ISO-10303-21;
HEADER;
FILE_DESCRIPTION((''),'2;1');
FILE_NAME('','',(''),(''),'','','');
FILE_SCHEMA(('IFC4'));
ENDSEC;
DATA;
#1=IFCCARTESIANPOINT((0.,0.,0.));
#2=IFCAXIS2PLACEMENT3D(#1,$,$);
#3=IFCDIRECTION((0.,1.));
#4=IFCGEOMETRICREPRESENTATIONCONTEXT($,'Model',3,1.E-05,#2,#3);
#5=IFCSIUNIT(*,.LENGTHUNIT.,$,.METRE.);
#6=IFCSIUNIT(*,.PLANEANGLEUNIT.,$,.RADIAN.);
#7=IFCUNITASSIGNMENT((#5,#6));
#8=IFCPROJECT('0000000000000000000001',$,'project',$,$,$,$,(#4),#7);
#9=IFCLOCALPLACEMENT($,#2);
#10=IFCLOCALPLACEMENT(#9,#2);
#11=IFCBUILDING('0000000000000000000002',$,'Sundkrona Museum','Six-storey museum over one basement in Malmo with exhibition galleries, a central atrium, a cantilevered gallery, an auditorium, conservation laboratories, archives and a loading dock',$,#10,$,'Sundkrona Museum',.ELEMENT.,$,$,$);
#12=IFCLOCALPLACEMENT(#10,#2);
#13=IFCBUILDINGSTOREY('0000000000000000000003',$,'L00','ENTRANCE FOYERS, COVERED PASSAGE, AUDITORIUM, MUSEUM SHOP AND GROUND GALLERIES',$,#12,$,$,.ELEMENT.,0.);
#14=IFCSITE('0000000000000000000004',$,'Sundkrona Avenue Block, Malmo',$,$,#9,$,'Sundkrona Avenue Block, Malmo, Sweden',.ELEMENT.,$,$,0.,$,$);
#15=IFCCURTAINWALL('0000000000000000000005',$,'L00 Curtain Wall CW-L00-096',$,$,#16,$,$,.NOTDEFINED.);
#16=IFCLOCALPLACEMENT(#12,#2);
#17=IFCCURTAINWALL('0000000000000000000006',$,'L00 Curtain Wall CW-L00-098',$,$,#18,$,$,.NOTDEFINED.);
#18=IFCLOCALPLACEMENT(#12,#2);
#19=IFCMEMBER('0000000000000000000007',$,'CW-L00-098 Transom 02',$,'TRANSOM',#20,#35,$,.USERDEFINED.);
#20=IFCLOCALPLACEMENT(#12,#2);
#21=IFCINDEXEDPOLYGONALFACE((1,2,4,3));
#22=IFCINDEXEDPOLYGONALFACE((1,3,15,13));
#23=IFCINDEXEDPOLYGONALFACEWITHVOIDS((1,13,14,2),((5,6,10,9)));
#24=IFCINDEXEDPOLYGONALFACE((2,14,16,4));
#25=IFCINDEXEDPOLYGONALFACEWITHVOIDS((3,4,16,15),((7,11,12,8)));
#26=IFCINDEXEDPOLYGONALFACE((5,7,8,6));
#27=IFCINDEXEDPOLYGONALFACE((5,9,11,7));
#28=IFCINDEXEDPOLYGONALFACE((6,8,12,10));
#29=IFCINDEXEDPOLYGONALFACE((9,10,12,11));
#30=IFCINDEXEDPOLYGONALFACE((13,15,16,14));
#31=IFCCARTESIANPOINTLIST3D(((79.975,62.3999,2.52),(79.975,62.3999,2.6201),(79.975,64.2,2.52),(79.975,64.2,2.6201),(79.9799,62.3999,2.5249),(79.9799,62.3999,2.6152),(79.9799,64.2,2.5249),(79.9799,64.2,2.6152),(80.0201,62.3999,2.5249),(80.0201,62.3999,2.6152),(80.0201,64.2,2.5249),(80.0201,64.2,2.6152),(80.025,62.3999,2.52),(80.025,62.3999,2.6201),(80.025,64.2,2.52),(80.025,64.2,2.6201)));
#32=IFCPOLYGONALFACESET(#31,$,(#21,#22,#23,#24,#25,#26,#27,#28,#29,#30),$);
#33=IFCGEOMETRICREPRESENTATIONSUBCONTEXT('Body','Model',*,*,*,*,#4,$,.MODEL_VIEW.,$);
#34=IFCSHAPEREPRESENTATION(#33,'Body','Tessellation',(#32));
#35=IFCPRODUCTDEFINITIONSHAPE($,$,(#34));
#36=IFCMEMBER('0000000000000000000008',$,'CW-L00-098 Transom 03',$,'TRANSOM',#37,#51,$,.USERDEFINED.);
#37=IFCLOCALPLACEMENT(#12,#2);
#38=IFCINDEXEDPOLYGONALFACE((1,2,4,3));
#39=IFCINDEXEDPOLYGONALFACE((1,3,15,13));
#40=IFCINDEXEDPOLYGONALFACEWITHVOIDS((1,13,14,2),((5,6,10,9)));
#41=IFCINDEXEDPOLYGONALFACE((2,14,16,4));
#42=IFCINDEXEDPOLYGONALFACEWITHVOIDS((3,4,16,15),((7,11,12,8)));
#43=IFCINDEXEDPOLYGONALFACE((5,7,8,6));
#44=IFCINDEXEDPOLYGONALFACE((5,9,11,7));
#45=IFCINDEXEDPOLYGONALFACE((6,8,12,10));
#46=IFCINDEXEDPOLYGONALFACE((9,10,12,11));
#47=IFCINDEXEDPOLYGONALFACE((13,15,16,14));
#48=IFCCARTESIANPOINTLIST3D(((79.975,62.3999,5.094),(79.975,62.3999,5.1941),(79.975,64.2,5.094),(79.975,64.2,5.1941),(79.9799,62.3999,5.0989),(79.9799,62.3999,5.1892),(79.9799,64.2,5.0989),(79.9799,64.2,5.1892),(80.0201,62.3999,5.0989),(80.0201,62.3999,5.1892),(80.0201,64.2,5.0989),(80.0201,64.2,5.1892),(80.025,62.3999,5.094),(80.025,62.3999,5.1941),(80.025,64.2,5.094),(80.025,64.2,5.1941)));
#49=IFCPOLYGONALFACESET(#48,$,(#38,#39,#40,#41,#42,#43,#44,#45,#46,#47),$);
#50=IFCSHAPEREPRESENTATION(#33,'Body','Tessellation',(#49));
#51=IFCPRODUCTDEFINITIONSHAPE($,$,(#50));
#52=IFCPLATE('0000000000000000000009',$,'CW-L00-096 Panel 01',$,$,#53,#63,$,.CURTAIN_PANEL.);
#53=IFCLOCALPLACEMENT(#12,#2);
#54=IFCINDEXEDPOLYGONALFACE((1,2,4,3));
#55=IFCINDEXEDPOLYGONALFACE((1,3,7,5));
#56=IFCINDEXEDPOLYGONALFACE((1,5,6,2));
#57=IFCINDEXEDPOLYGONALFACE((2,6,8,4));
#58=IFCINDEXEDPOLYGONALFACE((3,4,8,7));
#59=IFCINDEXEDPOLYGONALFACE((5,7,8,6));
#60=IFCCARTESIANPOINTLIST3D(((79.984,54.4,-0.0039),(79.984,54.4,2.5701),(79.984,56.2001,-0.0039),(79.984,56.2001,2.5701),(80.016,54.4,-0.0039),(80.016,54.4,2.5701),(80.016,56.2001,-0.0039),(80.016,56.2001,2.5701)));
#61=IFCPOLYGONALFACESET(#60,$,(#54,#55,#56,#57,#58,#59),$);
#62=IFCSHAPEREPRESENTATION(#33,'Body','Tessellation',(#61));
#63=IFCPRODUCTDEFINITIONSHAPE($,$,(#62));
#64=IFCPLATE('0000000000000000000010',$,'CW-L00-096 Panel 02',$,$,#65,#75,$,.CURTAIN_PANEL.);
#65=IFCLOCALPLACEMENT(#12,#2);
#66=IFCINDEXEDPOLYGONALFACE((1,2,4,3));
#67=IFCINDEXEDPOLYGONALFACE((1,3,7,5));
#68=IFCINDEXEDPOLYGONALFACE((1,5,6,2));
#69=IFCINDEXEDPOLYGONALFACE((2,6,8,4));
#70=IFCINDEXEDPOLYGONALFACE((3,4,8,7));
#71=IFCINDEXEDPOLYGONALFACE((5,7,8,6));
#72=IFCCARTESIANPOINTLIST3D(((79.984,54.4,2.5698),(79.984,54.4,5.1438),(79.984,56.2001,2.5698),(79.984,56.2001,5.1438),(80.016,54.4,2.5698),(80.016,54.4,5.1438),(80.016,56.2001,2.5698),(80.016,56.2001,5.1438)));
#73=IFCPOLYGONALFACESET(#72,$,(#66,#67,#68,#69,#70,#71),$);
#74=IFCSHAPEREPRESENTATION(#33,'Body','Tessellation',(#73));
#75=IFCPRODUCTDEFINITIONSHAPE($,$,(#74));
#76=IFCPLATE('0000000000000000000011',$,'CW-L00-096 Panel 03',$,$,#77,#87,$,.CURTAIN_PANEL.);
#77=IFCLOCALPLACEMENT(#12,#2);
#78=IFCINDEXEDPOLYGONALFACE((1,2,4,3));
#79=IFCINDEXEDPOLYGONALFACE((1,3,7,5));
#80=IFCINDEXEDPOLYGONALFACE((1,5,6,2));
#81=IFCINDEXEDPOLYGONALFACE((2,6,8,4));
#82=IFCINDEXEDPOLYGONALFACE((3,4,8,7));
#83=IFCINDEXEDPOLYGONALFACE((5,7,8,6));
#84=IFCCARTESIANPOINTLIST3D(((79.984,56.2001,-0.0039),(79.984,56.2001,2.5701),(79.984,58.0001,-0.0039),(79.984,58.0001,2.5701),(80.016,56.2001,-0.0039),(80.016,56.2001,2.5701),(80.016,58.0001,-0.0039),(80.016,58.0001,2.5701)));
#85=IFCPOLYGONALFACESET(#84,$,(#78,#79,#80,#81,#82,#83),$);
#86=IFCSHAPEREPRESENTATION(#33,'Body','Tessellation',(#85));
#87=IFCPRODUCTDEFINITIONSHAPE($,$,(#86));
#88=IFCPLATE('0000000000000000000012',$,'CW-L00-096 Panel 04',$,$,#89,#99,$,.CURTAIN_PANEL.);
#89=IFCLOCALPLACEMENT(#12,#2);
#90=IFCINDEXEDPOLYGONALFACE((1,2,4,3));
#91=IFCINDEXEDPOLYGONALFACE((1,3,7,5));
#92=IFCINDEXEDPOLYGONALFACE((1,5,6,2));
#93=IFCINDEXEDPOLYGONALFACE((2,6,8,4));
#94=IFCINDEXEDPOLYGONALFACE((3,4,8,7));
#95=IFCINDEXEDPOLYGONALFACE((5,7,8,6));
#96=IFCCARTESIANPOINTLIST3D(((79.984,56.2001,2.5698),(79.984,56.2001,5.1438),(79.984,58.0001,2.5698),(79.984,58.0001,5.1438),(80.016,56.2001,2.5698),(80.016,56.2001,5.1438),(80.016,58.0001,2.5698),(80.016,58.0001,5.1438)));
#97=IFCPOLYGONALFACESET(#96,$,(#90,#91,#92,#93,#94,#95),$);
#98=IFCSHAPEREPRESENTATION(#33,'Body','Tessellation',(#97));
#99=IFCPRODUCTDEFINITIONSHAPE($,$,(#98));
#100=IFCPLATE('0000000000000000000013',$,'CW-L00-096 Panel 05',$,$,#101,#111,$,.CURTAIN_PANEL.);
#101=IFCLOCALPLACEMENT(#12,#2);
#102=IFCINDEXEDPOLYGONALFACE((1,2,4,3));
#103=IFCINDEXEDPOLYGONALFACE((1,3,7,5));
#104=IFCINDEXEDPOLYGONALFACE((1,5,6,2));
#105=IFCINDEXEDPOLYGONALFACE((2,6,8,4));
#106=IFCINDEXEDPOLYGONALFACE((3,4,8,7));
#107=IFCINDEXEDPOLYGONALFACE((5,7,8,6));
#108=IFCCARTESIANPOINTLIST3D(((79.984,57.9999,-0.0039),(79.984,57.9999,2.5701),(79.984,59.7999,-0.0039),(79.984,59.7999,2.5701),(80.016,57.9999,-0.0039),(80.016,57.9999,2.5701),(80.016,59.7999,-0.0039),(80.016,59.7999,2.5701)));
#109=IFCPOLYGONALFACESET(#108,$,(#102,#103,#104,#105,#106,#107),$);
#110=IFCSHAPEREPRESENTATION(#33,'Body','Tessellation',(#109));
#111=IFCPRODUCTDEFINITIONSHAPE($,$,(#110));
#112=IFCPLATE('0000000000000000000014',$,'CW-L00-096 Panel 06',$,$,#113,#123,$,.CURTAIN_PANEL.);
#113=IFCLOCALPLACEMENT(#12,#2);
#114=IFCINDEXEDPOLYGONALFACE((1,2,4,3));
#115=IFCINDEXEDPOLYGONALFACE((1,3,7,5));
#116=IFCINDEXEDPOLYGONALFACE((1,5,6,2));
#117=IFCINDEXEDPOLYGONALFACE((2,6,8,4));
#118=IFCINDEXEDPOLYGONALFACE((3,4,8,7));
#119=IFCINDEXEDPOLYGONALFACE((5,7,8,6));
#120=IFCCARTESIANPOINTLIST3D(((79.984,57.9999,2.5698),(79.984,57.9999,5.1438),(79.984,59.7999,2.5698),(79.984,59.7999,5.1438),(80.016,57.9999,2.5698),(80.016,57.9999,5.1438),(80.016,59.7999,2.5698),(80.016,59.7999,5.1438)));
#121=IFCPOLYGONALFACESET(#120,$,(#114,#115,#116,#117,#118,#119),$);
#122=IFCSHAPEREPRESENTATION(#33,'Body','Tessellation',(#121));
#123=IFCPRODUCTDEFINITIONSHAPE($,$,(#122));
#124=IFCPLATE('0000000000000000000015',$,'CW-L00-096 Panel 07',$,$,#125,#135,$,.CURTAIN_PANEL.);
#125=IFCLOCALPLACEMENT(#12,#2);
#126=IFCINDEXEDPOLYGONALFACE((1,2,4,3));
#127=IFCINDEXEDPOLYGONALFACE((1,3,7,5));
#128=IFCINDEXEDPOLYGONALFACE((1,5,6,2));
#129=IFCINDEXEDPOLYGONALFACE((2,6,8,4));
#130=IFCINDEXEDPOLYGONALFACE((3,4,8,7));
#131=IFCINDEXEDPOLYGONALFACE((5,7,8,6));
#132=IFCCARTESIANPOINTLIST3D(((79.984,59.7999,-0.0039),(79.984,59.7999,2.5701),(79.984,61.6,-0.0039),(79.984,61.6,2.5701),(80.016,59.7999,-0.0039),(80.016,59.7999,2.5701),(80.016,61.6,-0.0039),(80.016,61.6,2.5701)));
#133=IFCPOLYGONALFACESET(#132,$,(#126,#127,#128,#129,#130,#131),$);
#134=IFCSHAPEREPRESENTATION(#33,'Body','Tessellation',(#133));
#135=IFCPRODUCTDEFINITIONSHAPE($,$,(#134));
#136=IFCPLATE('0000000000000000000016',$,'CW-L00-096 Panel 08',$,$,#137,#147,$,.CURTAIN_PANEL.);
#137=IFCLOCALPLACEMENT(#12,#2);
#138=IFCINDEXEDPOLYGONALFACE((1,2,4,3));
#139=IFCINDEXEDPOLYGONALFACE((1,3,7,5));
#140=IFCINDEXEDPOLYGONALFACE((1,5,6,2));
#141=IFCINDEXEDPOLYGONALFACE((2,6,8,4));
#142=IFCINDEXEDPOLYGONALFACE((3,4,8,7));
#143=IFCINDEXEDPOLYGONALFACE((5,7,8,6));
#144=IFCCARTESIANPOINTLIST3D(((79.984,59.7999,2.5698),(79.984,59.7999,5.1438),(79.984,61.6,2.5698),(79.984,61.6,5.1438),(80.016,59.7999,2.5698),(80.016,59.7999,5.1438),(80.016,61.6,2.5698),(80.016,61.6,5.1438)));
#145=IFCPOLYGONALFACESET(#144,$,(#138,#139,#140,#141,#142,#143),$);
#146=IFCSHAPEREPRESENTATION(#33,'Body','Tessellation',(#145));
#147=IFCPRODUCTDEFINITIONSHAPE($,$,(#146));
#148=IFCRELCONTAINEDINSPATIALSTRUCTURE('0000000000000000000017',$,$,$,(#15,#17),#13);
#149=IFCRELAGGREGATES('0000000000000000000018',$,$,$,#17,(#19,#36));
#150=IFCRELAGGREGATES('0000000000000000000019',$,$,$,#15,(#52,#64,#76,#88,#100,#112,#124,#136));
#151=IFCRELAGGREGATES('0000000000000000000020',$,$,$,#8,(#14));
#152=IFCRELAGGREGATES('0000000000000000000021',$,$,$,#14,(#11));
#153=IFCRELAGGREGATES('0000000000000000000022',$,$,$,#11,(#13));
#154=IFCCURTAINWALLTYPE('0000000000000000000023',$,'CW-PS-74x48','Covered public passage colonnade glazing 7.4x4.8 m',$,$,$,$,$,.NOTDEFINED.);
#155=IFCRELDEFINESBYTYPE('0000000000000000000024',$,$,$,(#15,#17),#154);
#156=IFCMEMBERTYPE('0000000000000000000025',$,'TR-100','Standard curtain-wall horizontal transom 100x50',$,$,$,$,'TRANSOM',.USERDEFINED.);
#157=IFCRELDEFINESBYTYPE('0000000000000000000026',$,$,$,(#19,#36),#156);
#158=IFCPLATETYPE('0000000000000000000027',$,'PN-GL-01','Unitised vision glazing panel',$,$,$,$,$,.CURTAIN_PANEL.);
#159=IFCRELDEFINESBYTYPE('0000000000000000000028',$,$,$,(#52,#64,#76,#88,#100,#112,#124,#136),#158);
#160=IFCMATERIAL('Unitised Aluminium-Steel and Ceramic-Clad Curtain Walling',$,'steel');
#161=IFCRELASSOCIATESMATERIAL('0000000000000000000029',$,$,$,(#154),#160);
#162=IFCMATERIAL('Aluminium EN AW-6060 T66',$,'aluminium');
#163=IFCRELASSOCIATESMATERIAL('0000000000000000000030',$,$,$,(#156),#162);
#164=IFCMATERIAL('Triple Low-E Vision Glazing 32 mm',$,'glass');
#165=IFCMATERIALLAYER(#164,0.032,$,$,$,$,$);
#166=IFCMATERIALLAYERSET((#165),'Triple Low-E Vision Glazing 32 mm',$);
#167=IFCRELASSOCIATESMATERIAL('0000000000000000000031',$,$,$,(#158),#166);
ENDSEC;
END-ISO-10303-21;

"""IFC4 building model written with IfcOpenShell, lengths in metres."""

from ifc_helpers import new_model, si_unit, direction, frame, origin, origin_2d, place, context, subcontext, project, spatial, rectangle, hollow_rectangle, extrude, material, layer, layer_set, material_profile, profile_set, type_object, element, aggregate, save


model = new_model("IFC4")

# Units and contexts
model_context = context("Model", 3, precision=1e-05, world=origin(), true_north=direction((0.0, 1.0)))
body_context = subcontext(model_context, "Body", "Model", "MODEL_VIEW")
ifc_project = project(units=[si_unit("LENGTHUNIT", "METRE"), si_unit("PLANEANGLEUNIT", "RADIAN")], contexts=[model_context])

# Site, building, storey
site_placement = place(None, origin())
site = spatial("IfcSite", under=ifc_project, at=site_placement, Name="Sundkrona Avenue Block, Malmo", LongName="Sundkrona Avenue Block, Malmo, Sweden", CompositionType="ELEMENT", RefElevation=0.0)
building_placement = place(site_placement, origin())
building = spatial("IfcBuilding", under=site, at=building_placement, Name="Sundkrona Museum", Description="Six-storey museum over one basement in Malmo with exhibition galleries, a central atrium, a cantilevered gallery, an auditorium, conservation laboratories, archives and a loading dock", LongName="Sundkrona Museum", CompositionType="ELEMENT")
storey_placement = place(building_placement, origin())
storey = spatial("IfcBuildingStorey", under=building, at=storey_placement, Name="L00", Description="ENTRANCE FOYERS, COVERED PASSAGE, AUDITORIUM, MUSEUM SHOP AND GROUND GALLERIES", CompositionType="ELEMENT", Elevation=0.0)

# Curtain wall
ifc_material_1 = material(Name="Unitised Aluminium-Steel and Ceramic-Clad Curtain Walling", Category="steel")
curtain_wall_type = type_object("IfcCurtainWallType", Name="CW-PS-74x48", Description="Covered public passage colonnade glazing 7.4x4.8 m", PredefinedType="NOTDEFINED", material=ifc_material_1)
curtain_wall_1_placement = place(storey_placement, origin())
curtain_wall_1 = element("IfcCurtainWall", 1, at=curtain_wall_1_placement, inside=storey, type_object=curtain_wall_type, Name="L00 Curtain Wall CW-L00-096", PredefinedType="NOTDEFINED")
ifc_material_2 = material(Name="Aluminium EN AW-6060 T66", Category="aluminium")

# Curtain wall
curtain_wall_2_placement = place(storey_placement, origin())
curtain_wall_2 = element("IfcCurtainWall", 2, at=curtain_wall_2_placement, inside=storey, type_object=curtain_wall_type, Name="L00 Curtain Wall CW-L00-098", PredefinedType="NOTDEFINED")

# Members
ifc_material_profile_1 = material_profile(ifc_material_2, hollow_rectangle(XDim=0.05, YDim=0.1001, WallThickness=0.0049, at=origin_2d()), Name="RHS 100x50x5.0")
ifc_profile_set_1 = profile_set([ifc_material_profile_1], Name="Aluminium EN AW-6060 T66")
member_type_1 = type_object("IfcMemberType", Name="TR-100", Description="Standard curtain-wall horizontal transom 100x50", ElementType="TRANSOM", PredefinedType="USERDEFINED", material=ifc_profile_set_1)
member_1_placement = place(storey_placement, frame((80.0, 62.3999, 2.5701), z_axis=(0.0, 1.0, 0.0), x_axis=(-1.0, 0.0, 0.0)))
member_1 = element("IfcMember", 3, at=member_1_placement, type_object=member_type_1, Name="CW-L00-098 Transom 02", ObjectType="TRANSOM", PredefinedType="USERDEFINED", context=body_context, shape_type="SweptSolid", body=[
    extrude(hollow_rectangle(XDim=0.05, YDim=0.1001, WallThickness=0.0049, at=origin_2d()), origin(), (0.0, 0.0, 1.0), 1.8),
])
member_2_placement = place(storey_placement, frame((80.0, 62.3999, 5.144), z_axis=(0.0, 1.0, 0.0), x_axis=(-1.0, 0.0, 0.0)))
member_2 = element("IfcMember", 4, at=member_2_placement, type_object=member_type_1, Name="CW-L00-098 Transom 03", ObjectType="TRANSOM", PredefinedType="USERDEFINED", context=body_context, shape_type="SweptSolid", body=[
    extrude(hollow_rectangle(XDim=0.05, YDim=0.1001, WallThickness=0.0049, at=origin_2d()), origin(), (0.0, 0.0, 1.0), 1.8),
])
aggregate(curtain_wall_2, [member_1, member_2])

# Plates
ifc_material_3 = material(Name="Triple Low-E Vision Glazing 32 mm", Category="glass")
ifc_layer = layer(ifc_material_3, 0.032)
ifc_layer_set = layer_set([ifc_layer], Name="Triple Low-E Vision Glazing 32 mm")
plate_type = type_object("IfcPlateType", Name="PN-GL-01", Description="Unitised vision glazing panel", PredefinedType="CURTAIN_PANEL", material=ifc_layer_set)
plate_1_placement = place(storey_placement, frame((80.0, 55.3, -0.0039), z_axis=(0.0, 0.0, 1.0), x_axis=(0.0, 1.0, 0.0)))
plate_1 = element("IfcPlate", 5, at=plate_1_placement, type_object=plate_type, Name="CW-L00-096 Panel 01", PredefinedType="CURTAIN_PANEL", context=body_context, shape_type="SweptSolid", body=[
    extrude(rectangle(XDim=1.8, YDim=0.032, at=origin_2d()), origin(), (0.0, 0.0, 1.0), 2.574),
])
plate_2_placement = place(storey_placement, frame((80.0, 55.3, 2.5698), z_axis=(0.0, 0.0, 1.0), x_axis=(0.0, 1.0, 0.0)))
plate_2 = element("IfcPlate", 6, at=plate_2_placement, type_object=plate_type, Name="CW-L00-096 Panel 02", PredefinedType="CURTAIN_PANEL", context=body_context, shape_type="SweptSolid", body=[
    extrude(rectangle(XDim=1.8, YDim=0.032, at=origin_2d()), origin(), (0.0, 0.0, 1.0), 2.574),
])
plate_3_placement = place(storey_placement, frame((80.0, 57.1001, -0.0039), z_axis=(0.0, 0.0, 1.0), x_axis=(0.0, 1.0, 0.0)))
plate_3 = element("IfcPlate", 7, at=plate_3_placement, type_object=plate_type, Name="CW-L00-096 Panel 03", PredefinedType="CURTAIN_PANEL", context=body_context, shape_type="SweptSolid", body=[
    extrude(rectangle(XDim=1.8, YDim=0.032, at=origin_2d()), origin(), (0.0, 0.0, 1.0), 2.574),
])
plate_4_placement = place(storey_placement, frame((80.0, 57.1001, 2.5698), z_axis=(0.0, 0.0, 1.0), x_axis=(0.0, 1.0, 0.0)))
plate_4 = element("IfcPlate", 8, at=plate_4_placement, type_object=plate_type, Name="CW-L00-096 Panel 04", PredefinedType="CURTAIN_PANEL", context=body_context, shape_type="SweptSolid", body=[
    extrude(rectangle(XDim=1.8, YDim=0.032, at=origin_2d()), origin(), (0.0, 0.0, 1.0), 2.574),
])
plate_5_placement = place(storey_placement, frame((80.0, 58.8999, -0.0039), z_axis=(0.0, 0.0, 1.0), x_axis=(0.0, 1.0, 0.0)))
plate_5 = element("IfcPlate", 9, at=plate_5_placement, type_object=plate_type, Name="CW-L00-096 Panel 05", PredefinedType="CURTAIN_PANEL", context=body_context, shape_type="SweptSolid", body=[
    extrude(rectangle(XDim=1.8, YDim=0.032, at=origin_2d()), origin(), (0.0, 0.0, 1.0), 2.574),
])
plate_6_placement = place(storey_placement, frame((80.0, 58.8999, 2.5698), z_axis=(0.0, 0.0, 1.0), x_axis=(0.0, 1.0, 0.0)))
plate_6 = element("IfcPlate", 10, at=plate_6_placement, type_object=plate_type, Name="CW-L00-096 Panel 06", PredefinedType="CURTAIN_PANEL", context=body_context, shape_type="SweptSolid", body=[
    extrude(rectangle(XDim=1.8, YDim=0.032, at=origin_2d()), origin(), (0.0, 0.0, 1.0), 2.574),
])
plate_7_placement = place(storey_placement, frame((80.0, 60.7, -0.0039), z_axis=(0.0, 0.0, 1.0), x_axis=(0.0, 1.0, 0.0)))
plate_7 = element("IfcPlate", 11, at=plate_7_placement, type_object=plate_type, Name="CW-L00-096 Panel 07", PredefinedType="CURTAIN_PANEL", context=body_context, shape_type="SweptSolid", body=[
    extrude(rectangle(XDim=1.8, YDim=0.032, at=origin_2d()), origin(), (0.0, 0.0, 1.0), 2.574),
])
plate_8_placement = place(storey_placement, frame((80.0, 60.7, 2.5698), z_axis=(0.0, 0.0, 1.0), x_axis=(0.0, 1.0, 0.0)))
plate_8 = element("IfcPlate", 12, at=plate_8_placement, type_object=plate_type, Name="CW-L00-096 Panel 08", PredefinedType="CURTAIN_PANEL", context=body_context, shape_type="SweptSolid", body=[
    extrude(rectangle(XDim=1.8, YDim=0.032, at=origin_2d()), origin(), (0.0, 0.0, 1.0), 2.574),
])
aggregate(curtain_wall_1, [plate_1, plate_2, plate_3, plate_4, plate_5, plate_6, plate_7, plate_8])

save(model, "model.ifc")
